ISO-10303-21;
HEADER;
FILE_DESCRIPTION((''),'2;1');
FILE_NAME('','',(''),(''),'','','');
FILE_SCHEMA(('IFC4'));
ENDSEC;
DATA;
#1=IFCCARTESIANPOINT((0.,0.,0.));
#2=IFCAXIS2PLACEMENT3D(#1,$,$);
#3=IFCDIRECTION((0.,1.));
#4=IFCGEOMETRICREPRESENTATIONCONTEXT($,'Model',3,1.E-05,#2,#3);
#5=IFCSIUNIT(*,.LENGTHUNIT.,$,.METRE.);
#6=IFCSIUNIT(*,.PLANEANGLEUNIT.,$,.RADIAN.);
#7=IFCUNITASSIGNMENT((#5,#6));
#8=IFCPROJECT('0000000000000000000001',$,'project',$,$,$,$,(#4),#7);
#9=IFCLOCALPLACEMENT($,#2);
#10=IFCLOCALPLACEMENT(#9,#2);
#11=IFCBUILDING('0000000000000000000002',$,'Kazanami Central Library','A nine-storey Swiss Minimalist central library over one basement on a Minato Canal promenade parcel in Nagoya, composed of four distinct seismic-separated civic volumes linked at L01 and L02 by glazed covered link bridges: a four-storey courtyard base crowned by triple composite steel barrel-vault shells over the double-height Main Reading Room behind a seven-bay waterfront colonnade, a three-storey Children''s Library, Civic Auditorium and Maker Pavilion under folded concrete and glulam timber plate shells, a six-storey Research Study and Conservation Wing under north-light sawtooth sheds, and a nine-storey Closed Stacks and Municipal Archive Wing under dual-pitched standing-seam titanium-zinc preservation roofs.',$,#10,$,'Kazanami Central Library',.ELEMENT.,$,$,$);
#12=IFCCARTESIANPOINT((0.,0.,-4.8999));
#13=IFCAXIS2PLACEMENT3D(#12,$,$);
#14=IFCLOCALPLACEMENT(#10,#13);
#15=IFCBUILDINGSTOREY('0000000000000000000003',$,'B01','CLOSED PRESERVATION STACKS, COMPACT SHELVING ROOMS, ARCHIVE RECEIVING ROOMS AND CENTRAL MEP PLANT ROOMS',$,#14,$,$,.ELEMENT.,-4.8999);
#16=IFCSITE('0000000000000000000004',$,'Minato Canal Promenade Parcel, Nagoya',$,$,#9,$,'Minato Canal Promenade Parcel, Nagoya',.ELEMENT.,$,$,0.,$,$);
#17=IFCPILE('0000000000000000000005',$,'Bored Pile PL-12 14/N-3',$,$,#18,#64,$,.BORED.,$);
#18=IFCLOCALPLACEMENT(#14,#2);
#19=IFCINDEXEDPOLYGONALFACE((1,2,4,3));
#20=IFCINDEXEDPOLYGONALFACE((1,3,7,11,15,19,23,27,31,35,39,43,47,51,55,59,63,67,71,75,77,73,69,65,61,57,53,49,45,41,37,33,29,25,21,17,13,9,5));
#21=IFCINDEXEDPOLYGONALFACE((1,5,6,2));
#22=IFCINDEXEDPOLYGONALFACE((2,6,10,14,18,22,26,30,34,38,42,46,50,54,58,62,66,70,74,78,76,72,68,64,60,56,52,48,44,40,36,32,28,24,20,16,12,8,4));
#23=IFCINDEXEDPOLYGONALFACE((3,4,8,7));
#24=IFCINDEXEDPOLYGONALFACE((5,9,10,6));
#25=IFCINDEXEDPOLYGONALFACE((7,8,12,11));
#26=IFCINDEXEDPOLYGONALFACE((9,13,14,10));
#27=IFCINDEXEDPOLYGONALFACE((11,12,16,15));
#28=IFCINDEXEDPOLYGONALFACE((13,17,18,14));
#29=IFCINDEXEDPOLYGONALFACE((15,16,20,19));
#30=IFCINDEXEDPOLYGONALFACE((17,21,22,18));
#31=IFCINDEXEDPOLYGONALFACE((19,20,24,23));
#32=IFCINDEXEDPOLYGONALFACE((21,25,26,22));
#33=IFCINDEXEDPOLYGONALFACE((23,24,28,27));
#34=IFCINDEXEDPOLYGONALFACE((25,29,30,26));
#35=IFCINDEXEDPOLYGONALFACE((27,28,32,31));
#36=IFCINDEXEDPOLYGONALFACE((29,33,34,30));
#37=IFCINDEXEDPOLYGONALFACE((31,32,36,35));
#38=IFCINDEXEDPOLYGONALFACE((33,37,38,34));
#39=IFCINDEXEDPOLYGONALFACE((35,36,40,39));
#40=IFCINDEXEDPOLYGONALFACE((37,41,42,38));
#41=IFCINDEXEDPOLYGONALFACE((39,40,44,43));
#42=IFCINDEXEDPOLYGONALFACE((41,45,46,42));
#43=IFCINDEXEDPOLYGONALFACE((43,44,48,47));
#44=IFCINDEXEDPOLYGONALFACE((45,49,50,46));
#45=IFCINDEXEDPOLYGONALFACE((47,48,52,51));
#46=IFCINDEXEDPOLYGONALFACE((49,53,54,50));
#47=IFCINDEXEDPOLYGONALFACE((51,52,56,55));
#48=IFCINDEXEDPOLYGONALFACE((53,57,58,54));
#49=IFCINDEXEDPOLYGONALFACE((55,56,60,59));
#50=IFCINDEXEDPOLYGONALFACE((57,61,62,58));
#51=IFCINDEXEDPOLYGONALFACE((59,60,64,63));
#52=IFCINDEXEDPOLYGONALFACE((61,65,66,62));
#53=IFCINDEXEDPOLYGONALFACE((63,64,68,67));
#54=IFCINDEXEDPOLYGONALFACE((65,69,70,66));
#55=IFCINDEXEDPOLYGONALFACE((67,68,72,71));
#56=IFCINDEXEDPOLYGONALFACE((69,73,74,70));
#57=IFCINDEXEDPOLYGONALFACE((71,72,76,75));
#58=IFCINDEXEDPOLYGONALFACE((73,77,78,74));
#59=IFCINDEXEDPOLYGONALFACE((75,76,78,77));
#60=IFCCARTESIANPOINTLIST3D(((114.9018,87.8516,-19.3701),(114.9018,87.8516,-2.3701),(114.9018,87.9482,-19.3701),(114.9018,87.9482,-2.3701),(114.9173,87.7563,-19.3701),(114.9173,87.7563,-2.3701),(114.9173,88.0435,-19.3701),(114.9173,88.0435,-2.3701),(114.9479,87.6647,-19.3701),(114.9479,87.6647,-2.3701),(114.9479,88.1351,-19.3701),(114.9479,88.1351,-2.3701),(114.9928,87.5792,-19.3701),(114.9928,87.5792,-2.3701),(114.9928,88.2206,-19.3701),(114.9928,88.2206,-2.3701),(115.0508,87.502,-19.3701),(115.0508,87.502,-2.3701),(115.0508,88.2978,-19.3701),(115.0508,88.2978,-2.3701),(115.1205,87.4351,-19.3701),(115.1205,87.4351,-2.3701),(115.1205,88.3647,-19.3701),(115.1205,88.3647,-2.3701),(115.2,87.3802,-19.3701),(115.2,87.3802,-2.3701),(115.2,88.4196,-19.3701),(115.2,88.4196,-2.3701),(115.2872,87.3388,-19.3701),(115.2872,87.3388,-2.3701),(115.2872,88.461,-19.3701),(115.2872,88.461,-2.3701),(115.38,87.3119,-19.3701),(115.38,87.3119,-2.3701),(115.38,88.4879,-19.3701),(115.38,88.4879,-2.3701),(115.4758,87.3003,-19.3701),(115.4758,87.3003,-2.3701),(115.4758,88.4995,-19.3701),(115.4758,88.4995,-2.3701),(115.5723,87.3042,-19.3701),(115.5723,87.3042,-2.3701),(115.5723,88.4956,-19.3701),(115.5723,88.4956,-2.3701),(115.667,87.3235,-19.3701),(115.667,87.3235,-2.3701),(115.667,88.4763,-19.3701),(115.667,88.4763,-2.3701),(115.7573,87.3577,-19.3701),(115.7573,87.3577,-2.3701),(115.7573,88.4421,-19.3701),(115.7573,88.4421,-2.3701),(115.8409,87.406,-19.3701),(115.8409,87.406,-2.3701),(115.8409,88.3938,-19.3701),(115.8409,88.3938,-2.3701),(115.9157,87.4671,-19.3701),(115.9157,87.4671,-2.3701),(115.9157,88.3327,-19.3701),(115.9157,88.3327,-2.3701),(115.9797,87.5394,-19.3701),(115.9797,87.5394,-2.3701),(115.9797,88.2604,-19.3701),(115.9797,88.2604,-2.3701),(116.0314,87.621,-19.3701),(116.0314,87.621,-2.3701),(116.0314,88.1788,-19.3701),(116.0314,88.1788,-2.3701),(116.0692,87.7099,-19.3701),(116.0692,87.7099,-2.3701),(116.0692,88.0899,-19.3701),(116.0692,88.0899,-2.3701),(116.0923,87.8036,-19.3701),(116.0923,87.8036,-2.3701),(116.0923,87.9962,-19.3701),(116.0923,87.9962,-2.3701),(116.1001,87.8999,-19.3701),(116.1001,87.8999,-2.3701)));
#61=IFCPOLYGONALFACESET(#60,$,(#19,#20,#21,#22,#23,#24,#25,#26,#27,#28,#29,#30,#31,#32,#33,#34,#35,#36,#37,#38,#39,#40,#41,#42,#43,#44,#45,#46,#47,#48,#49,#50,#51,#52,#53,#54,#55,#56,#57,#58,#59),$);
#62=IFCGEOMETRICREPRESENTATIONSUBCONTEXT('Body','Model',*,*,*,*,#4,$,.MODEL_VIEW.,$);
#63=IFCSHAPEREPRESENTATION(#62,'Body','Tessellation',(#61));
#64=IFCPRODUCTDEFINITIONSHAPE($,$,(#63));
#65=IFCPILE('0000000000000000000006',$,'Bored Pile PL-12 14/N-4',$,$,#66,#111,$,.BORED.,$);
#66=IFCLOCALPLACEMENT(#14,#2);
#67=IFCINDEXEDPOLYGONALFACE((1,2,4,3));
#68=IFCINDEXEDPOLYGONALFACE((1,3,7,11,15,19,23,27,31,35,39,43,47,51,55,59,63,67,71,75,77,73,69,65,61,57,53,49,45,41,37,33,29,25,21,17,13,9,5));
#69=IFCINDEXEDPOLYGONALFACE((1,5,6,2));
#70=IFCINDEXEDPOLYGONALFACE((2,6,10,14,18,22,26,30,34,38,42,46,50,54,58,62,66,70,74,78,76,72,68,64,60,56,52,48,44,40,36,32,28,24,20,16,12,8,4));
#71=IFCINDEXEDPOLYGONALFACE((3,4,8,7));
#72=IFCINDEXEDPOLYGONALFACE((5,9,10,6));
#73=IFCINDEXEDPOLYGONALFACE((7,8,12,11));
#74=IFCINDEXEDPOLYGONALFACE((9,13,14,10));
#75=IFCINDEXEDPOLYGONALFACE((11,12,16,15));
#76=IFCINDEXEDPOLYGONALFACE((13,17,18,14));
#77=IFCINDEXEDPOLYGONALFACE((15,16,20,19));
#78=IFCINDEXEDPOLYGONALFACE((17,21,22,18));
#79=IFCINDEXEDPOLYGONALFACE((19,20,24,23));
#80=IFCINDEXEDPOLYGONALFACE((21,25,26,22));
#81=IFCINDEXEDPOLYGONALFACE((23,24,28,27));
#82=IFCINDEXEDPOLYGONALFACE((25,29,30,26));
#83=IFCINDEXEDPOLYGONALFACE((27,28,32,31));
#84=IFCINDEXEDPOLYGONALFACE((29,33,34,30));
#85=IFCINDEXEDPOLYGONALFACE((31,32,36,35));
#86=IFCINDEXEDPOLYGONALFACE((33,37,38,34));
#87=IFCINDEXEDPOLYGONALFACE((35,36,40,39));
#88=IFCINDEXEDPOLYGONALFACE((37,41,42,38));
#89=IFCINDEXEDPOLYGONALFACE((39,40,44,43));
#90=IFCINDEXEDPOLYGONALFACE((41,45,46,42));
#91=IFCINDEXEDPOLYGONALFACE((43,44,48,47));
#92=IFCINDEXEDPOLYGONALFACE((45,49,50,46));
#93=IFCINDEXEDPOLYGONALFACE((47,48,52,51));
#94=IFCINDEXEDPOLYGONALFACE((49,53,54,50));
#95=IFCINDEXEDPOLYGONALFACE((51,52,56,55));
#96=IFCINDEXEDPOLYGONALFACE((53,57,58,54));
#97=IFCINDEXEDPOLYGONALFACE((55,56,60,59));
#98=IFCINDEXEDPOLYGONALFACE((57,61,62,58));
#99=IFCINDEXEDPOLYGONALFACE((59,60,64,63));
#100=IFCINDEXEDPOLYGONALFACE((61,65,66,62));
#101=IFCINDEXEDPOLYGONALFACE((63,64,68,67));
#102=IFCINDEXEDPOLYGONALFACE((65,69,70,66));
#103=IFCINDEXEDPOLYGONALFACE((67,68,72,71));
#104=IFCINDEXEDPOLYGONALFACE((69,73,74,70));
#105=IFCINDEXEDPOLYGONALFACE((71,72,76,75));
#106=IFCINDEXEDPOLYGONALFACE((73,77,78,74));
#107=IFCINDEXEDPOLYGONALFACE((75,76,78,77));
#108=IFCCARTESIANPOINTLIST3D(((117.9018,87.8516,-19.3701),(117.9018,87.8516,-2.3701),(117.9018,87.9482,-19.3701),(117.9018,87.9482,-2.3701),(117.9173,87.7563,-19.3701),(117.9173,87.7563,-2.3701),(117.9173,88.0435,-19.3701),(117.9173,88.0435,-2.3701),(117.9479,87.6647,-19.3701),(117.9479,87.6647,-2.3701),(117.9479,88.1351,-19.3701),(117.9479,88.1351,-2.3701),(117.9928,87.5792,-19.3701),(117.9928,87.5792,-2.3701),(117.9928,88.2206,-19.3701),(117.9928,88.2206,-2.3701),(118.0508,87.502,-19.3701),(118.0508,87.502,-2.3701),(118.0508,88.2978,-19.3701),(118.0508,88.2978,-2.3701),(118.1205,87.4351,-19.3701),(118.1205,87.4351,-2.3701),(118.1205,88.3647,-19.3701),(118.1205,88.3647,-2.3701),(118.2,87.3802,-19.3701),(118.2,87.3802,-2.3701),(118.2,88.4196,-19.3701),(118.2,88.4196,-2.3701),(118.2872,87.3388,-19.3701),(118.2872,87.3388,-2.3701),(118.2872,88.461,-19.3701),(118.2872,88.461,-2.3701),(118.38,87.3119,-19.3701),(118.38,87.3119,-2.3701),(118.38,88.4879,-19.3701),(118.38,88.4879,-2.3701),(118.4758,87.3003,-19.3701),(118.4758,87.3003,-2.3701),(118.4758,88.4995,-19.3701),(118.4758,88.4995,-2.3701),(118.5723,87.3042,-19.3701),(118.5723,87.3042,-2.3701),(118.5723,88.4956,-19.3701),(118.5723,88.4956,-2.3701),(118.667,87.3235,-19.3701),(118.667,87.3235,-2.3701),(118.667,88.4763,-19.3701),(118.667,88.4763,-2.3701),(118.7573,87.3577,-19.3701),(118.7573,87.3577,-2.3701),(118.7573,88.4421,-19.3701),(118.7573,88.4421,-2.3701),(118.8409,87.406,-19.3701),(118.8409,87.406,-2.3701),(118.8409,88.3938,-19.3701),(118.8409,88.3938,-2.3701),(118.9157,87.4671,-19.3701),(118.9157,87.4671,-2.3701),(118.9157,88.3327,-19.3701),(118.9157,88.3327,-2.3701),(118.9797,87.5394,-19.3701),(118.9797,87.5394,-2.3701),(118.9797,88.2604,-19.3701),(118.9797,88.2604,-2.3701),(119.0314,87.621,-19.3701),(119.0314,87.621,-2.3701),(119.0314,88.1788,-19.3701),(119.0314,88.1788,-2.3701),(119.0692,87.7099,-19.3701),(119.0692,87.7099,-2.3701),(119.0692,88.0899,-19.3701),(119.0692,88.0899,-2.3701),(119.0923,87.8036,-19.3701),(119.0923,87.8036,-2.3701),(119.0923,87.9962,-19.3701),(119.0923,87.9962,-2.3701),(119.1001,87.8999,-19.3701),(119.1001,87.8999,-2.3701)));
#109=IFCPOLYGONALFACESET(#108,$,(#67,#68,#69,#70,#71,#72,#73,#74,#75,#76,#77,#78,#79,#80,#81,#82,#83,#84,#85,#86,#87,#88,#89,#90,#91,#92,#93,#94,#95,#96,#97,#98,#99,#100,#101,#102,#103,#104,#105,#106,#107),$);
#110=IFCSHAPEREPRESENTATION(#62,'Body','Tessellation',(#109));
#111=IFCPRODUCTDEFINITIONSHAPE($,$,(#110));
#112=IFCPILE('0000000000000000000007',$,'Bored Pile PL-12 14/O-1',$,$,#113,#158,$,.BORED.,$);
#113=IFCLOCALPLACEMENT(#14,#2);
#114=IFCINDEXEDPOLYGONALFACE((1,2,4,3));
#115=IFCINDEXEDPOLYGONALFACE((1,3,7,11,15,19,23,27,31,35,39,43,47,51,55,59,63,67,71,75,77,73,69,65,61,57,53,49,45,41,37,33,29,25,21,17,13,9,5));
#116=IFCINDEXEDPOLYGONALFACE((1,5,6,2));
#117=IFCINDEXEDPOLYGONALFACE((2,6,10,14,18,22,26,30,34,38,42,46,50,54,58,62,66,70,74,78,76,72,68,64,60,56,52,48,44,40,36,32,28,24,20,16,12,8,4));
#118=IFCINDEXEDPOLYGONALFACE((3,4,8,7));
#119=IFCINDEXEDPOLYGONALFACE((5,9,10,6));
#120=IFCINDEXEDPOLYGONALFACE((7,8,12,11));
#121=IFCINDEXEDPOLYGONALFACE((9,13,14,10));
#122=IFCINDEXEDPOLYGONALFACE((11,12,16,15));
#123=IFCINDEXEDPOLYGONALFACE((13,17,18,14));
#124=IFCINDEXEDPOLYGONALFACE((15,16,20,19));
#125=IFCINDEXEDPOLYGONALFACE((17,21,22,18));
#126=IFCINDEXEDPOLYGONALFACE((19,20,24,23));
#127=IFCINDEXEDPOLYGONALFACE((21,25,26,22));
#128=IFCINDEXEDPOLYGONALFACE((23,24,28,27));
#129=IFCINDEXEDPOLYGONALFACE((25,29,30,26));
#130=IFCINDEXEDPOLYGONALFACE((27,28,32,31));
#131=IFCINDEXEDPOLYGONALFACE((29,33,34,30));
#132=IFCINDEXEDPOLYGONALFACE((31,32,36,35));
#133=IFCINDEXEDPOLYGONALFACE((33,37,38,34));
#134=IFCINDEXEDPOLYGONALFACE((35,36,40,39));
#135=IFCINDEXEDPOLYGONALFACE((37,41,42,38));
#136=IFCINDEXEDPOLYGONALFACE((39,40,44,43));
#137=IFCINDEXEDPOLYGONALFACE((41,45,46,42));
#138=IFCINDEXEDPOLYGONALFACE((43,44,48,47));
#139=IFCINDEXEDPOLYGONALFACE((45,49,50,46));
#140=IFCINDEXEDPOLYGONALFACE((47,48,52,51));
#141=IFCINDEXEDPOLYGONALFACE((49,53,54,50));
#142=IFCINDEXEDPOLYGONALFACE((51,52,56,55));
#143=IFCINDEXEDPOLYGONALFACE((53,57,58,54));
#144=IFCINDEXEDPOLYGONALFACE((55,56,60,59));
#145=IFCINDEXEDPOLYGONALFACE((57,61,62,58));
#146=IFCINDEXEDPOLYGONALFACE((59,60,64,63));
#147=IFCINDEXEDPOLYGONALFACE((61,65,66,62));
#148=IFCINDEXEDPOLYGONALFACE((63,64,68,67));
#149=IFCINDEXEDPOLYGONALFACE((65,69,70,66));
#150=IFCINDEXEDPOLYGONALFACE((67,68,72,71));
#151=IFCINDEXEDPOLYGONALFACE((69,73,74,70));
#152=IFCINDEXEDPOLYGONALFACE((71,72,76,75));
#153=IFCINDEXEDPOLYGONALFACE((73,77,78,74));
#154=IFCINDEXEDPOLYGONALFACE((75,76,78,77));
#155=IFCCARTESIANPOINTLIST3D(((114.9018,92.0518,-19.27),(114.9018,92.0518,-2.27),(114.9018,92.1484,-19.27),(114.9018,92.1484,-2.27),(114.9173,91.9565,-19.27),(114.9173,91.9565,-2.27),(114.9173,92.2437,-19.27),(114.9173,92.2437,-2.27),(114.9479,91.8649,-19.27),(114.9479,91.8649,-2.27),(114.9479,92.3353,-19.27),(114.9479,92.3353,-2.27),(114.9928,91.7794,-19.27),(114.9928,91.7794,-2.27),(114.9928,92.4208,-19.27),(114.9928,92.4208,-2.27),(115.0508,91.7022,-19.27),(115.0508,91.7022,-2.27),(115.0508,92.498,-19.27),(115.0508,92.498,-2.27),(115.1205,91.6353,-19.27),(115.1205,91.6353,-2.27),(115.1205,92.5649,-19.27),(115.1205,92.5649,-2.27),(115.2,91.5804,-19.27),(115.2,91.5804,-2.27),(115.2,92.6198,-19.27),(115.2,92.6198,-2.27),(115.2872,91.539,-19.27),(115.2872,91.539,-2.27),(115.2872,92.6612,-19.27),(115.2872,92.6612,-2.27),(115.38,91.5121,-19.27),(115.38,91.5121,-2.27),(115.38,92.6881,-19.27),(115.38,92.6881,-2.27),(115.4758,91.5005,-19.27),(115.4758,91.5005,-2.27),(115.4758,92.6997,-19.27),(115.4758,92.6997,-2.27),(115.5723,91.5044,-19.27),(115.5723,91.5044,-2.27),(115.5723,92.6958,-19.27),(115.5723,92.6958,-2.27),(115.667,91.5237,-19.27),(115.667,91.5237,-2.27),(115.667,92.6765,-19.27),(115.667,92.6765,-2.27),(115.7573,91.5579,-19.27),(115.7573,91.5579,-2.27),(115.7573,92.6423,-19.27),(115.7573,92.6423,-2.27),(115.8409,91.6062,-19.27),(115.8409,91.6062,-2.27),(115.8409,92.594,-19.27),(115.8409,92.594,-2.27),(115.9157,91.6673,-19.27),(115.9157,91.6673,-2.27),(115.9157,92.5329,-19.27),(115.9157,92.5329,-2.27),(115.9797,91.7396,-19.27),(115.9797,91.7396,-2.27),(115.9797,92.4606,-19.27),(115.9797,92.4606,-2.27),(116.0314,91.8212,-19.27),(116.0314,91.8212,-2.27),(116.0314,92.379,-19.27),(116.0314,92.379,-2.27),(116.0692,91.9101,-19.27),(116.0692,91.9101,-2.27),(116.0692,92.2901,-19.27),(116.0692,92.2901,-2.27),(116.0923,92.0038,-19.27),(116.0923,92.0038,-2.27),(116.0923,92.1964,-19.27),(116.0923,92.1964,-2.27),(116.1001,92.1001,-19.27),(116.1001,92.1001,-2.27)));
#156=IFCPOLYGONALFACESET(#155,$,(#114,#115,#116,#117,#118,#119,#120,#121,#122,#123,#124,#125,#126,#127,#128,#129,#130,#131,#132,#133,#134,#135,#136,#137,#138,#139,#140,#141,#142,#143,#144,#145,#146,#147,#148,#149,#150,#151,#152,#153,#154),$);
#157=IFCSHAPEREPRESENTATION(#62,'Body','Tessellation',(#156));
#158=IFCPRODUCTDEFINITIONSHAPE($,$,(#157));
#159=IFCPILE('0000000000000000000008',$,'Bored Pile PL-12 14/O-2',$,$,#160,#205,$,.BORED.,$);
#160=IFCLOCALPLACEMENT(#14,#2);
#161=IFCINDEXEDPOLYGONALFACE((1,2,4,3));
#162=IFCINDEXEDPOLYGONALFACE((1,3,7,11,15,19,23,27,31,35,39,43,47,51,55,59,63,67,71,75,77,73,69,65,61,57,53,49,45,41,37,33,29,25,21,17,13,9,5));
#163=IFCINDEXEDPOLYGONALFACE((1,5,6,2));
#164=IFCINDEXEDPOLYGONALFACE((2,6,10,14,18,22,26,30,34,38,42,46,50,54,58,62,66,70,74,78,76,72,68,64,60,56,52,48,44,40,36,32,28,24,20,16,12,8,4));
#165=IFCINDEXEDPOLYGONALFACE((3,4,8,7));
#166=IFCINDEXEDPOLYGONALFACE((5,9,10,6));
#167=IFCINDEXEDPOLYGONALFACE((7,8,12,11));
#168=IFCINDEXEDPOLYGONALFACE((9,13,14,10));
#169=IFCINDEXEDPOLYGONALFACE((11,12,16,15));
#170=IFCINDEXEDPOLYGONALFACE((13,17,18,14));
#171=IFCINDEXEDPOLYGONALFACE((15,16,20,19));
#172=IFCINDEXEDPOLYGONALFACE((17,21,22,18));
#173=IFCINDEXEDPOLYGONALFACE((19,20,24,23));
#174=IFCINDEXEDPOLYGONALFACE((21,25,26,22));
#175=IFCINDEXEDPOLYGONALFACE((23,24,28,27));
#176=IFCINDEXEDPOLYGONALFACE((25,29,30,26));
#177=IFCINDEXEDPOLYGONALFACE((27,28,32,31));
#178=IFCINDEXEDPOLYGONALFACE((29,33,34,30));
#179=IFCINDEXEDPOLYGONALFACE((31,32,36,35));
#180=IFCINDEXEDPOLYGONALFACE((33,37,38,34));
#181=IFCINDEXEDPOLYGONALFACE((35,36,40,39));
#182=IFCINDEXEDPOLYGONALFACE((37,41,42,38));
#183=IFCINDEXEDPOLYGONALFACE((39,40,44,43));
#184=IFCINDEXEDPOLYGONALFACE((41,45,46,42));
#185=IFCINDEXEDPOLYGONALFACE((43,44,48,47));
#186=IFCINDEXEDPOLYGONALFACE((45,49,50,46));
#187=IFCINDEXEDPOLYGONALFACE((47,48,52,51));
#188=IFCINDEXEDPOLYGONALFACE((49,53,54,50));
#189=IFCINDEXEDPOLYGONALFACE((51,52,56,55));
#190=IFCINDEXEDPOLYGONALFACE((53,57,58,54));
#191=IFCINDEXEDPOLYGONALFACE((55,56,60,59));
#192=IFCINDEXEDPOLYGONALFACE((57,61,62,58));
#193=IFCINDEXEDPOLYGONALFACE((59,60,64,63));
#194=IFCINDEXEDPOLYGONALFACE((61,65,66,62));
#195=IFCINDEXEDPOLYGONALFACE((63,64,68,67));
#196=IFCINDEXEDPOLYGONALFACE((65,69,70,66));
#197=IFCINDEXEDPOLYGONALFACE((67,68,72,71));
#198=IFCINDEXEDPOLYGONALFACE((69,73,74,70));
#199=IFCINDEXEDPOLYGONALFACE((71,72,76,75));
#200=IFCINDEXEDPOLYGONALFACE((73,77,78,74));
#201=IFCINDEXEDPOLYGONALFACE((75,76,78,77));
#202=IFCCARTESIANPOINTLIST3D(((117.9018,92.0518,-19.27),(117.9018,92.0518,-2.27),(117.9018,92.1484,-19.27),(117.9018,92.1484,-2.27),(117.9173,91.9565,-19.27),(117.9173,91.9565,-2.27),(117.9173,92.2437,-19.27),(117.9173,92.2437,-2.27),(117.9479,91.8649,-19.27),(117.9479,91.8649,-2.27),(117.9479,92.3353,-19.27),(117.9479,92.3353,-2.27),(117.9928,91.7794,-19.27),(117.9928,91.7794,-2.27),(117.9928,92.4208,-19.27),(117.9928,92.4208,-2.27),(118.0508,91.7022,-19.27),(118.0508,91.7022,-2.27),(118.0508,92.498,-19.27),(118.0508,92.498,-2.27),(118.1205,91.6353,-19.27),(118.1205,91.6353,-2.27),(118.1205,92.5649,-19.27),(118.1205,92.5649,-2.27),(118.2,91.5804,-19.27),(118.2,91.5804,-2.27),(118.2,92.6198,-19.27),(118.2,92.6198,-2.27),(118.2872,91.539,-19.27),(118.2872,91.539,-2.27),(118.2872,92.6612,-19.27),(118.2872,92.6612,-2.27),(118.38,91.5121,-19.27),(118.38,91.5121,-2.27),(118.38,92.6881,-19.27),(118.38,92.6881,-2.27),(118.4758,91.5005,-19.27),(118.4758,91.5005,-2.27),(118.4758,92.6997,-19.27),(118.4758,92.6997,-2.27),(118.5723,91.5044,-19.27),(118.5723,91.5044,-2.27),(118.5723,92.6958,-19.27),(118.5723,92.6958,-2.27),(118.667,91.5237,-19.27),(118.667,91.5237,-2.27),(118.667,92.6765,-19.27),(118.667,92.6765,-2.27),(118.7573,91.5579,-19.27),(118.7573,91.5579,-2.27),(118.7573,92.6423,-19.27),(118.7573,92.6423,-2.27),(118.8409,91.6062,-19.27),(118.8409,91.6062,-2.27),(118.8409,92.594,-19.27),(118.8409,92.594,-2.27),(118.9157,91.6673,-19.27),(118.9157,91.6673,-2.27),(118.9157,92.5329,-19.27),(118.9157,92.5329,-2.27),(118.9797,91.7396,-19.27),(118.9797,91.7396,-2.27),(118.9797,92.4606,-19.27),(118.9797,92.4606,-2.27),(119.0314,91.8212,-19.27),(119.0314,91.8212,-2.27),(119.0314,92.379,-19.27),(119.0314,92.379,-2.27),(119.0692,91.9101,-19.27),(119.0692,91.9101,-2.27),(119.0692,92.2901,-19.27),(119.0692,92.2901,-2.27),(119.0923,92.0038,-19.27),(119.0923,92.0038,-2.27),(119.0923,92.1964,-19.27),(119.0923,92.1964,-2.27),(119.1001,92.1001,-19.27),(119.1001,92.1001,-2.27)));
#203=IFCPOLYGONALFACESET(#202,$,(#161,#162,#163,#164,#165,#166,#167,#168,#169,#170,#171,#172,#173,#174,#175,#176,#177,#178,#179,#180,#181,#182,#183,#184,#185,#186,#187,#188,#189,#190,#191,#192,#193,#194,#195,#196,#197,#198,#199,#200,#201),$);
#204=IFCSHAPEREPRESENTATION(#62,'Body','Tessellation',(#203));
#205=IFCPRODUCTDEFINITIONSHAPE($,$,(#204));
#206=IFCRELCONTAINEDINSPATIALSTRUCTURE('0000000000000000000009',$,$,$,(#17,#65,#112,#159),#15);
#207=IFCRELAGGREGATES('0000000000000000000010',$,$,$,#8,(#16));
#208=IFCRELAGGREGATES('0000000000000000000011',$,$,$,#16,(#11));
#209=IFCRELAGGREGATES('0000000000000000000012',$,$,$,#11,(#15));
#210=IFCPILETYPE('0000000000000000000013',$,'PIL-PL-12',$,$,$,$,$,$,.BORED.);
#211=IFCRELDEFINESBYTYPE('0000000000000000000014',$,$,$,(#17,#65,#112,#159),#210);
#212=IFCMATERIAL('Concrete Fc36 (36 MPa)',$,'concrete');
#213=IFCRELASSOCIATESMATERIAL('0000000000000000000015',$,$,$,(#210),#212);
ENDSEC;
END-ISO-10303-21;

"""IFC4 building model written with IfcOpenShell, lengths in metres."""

from ifc_helpers import new_model, si_unit, direction, frame, origin, origin_2d, place, context, subcontext, project, spatial, circle, extrude, material, material_profile, profile_set, type_object, element, save


model = new_model("IFC4")

# Units and contexts
model_context = context("Model", 3, precision=1e-05, world=origin(), true_north=direction((0.0, 1.0)))
body_context = subcontext(model_context, "Body", "Model", "MODEL_VIEW")
ifc_project = project(units=[si_unit("LENGTHUNIT", "METRE"), si_unit("PLANEANGLEUNIT", "RADIAN")], contexts=[model_context])

# Site, building, storey
site_placement = place(None, origin())
site = spatial("IfcSite", under=ifc_project, at=site_placement, Name="Minato Canal Promenade Parcel, Nagoya", LongName="Minato Canal Promenade Parcel, Nagoya", CompositionType="ELEMENT", RefElevation=0.0)
building_placement = place(site_placement, origin())
building = spatial("IfcBuilding", under=site, at=building_placement, Name="Kazanami Central Library", Description="A nine-storey Swiss Minimalist central library over one basement on a Minato Canal promenade parcel in Nagoya, composed of four distinct seismic-separated civic volumes linked at L01 and L02 by glazed covered link bridges: a four-storey courtyard base crowned by triple composite steel barrel-vault shells over the double-height Main Reading Room behind a seven-bay waterfront colonnade, a three-storey Children's Library, Civic Auditorium and Maker Pavilion under folded concrete and glulam timber plate shells, a six-storey Research Study and Conservation Wing under north-light sawtooth sheds, and a nine-storey Closed Stacks and Municipal Archive Wing under dual-pitched standing-seam titanium-zinc preservation roofs.", LongName="Kazanami Central Library", CompositionType="ELEMENT")
storey_placement = place(building_placement, frame((0.0, 0.0, -4.8999)))
storey = spatial("IfcBuildingStorey", under=building, at=storey_placement, Name="B01", Description="CLOSED PRESERVATION STACKS, COMPACT SHELVING ROOMS, ARCHIVE RECEIVING ROOMS AND CENTRAL MEP PLANT ROOMS", CompositionType="ELEMENT", Elevation=-4.8999)

# Shared definitions
ifc_material_1 = material(Name="Concrete Fc36 (36 MPa)", Category="concrete")

# Piles
ifc_material_profile_1 = material_profile(ifc_material_1, circle(Radius=0.6001, at=origin_2d()), Name="BORED-D1200")
ifc_profile_set_1 = profile_set([ifc_material_profile_1], Name="Concrete Fc36 (36 MPa)")
pile_type = type_object("IfcPileType", Name="PIL-PL-12", PredefinedType="BORED", material=ifc_profile_set_1)
for number, where, z_axis, x_axis, name in (
    (1, (115.5, 87.8999, -2.3701), (0.0, 0.0, -1.0), (1.0, 0.0, 0.0), "Bored Pile PL-12 14/N-3"),
    (2, (118.5, 87.8999, -2.3701), (0.0, 0.0, -1.0), (1.0, 0.0, 0.0), "Bored Pile PL-12 14/N-4"),
    (3, (115.5, 92.1001, -2.27), (0.0, 0.0, -1.0), (1.0, 0.0, 0.0), "Bored Pile PL-12 14/O-1"),
    (4, (118.5, 92.1001, -2.27), (0.0, 0.0, -1.0), (1.0, 0.0, 0.0), "Bored Pile PL-12 14/O-2"),
):
    element("IfcPile", number, at=place(storey_placement, frame(where, z_axis=z_axis, x_axis=x_axis)), inside=storey, type_object=pile_type, Name=name, PredefinedType="BORED", context=body_context, shape_type="SweptSolid", body=[
        extrude(circle(Radius=0.6001, at=origin_2d()), origin(), (0.0, 0.0, 1.0), 17.0),
    ])

save(model, "model.ifc")
